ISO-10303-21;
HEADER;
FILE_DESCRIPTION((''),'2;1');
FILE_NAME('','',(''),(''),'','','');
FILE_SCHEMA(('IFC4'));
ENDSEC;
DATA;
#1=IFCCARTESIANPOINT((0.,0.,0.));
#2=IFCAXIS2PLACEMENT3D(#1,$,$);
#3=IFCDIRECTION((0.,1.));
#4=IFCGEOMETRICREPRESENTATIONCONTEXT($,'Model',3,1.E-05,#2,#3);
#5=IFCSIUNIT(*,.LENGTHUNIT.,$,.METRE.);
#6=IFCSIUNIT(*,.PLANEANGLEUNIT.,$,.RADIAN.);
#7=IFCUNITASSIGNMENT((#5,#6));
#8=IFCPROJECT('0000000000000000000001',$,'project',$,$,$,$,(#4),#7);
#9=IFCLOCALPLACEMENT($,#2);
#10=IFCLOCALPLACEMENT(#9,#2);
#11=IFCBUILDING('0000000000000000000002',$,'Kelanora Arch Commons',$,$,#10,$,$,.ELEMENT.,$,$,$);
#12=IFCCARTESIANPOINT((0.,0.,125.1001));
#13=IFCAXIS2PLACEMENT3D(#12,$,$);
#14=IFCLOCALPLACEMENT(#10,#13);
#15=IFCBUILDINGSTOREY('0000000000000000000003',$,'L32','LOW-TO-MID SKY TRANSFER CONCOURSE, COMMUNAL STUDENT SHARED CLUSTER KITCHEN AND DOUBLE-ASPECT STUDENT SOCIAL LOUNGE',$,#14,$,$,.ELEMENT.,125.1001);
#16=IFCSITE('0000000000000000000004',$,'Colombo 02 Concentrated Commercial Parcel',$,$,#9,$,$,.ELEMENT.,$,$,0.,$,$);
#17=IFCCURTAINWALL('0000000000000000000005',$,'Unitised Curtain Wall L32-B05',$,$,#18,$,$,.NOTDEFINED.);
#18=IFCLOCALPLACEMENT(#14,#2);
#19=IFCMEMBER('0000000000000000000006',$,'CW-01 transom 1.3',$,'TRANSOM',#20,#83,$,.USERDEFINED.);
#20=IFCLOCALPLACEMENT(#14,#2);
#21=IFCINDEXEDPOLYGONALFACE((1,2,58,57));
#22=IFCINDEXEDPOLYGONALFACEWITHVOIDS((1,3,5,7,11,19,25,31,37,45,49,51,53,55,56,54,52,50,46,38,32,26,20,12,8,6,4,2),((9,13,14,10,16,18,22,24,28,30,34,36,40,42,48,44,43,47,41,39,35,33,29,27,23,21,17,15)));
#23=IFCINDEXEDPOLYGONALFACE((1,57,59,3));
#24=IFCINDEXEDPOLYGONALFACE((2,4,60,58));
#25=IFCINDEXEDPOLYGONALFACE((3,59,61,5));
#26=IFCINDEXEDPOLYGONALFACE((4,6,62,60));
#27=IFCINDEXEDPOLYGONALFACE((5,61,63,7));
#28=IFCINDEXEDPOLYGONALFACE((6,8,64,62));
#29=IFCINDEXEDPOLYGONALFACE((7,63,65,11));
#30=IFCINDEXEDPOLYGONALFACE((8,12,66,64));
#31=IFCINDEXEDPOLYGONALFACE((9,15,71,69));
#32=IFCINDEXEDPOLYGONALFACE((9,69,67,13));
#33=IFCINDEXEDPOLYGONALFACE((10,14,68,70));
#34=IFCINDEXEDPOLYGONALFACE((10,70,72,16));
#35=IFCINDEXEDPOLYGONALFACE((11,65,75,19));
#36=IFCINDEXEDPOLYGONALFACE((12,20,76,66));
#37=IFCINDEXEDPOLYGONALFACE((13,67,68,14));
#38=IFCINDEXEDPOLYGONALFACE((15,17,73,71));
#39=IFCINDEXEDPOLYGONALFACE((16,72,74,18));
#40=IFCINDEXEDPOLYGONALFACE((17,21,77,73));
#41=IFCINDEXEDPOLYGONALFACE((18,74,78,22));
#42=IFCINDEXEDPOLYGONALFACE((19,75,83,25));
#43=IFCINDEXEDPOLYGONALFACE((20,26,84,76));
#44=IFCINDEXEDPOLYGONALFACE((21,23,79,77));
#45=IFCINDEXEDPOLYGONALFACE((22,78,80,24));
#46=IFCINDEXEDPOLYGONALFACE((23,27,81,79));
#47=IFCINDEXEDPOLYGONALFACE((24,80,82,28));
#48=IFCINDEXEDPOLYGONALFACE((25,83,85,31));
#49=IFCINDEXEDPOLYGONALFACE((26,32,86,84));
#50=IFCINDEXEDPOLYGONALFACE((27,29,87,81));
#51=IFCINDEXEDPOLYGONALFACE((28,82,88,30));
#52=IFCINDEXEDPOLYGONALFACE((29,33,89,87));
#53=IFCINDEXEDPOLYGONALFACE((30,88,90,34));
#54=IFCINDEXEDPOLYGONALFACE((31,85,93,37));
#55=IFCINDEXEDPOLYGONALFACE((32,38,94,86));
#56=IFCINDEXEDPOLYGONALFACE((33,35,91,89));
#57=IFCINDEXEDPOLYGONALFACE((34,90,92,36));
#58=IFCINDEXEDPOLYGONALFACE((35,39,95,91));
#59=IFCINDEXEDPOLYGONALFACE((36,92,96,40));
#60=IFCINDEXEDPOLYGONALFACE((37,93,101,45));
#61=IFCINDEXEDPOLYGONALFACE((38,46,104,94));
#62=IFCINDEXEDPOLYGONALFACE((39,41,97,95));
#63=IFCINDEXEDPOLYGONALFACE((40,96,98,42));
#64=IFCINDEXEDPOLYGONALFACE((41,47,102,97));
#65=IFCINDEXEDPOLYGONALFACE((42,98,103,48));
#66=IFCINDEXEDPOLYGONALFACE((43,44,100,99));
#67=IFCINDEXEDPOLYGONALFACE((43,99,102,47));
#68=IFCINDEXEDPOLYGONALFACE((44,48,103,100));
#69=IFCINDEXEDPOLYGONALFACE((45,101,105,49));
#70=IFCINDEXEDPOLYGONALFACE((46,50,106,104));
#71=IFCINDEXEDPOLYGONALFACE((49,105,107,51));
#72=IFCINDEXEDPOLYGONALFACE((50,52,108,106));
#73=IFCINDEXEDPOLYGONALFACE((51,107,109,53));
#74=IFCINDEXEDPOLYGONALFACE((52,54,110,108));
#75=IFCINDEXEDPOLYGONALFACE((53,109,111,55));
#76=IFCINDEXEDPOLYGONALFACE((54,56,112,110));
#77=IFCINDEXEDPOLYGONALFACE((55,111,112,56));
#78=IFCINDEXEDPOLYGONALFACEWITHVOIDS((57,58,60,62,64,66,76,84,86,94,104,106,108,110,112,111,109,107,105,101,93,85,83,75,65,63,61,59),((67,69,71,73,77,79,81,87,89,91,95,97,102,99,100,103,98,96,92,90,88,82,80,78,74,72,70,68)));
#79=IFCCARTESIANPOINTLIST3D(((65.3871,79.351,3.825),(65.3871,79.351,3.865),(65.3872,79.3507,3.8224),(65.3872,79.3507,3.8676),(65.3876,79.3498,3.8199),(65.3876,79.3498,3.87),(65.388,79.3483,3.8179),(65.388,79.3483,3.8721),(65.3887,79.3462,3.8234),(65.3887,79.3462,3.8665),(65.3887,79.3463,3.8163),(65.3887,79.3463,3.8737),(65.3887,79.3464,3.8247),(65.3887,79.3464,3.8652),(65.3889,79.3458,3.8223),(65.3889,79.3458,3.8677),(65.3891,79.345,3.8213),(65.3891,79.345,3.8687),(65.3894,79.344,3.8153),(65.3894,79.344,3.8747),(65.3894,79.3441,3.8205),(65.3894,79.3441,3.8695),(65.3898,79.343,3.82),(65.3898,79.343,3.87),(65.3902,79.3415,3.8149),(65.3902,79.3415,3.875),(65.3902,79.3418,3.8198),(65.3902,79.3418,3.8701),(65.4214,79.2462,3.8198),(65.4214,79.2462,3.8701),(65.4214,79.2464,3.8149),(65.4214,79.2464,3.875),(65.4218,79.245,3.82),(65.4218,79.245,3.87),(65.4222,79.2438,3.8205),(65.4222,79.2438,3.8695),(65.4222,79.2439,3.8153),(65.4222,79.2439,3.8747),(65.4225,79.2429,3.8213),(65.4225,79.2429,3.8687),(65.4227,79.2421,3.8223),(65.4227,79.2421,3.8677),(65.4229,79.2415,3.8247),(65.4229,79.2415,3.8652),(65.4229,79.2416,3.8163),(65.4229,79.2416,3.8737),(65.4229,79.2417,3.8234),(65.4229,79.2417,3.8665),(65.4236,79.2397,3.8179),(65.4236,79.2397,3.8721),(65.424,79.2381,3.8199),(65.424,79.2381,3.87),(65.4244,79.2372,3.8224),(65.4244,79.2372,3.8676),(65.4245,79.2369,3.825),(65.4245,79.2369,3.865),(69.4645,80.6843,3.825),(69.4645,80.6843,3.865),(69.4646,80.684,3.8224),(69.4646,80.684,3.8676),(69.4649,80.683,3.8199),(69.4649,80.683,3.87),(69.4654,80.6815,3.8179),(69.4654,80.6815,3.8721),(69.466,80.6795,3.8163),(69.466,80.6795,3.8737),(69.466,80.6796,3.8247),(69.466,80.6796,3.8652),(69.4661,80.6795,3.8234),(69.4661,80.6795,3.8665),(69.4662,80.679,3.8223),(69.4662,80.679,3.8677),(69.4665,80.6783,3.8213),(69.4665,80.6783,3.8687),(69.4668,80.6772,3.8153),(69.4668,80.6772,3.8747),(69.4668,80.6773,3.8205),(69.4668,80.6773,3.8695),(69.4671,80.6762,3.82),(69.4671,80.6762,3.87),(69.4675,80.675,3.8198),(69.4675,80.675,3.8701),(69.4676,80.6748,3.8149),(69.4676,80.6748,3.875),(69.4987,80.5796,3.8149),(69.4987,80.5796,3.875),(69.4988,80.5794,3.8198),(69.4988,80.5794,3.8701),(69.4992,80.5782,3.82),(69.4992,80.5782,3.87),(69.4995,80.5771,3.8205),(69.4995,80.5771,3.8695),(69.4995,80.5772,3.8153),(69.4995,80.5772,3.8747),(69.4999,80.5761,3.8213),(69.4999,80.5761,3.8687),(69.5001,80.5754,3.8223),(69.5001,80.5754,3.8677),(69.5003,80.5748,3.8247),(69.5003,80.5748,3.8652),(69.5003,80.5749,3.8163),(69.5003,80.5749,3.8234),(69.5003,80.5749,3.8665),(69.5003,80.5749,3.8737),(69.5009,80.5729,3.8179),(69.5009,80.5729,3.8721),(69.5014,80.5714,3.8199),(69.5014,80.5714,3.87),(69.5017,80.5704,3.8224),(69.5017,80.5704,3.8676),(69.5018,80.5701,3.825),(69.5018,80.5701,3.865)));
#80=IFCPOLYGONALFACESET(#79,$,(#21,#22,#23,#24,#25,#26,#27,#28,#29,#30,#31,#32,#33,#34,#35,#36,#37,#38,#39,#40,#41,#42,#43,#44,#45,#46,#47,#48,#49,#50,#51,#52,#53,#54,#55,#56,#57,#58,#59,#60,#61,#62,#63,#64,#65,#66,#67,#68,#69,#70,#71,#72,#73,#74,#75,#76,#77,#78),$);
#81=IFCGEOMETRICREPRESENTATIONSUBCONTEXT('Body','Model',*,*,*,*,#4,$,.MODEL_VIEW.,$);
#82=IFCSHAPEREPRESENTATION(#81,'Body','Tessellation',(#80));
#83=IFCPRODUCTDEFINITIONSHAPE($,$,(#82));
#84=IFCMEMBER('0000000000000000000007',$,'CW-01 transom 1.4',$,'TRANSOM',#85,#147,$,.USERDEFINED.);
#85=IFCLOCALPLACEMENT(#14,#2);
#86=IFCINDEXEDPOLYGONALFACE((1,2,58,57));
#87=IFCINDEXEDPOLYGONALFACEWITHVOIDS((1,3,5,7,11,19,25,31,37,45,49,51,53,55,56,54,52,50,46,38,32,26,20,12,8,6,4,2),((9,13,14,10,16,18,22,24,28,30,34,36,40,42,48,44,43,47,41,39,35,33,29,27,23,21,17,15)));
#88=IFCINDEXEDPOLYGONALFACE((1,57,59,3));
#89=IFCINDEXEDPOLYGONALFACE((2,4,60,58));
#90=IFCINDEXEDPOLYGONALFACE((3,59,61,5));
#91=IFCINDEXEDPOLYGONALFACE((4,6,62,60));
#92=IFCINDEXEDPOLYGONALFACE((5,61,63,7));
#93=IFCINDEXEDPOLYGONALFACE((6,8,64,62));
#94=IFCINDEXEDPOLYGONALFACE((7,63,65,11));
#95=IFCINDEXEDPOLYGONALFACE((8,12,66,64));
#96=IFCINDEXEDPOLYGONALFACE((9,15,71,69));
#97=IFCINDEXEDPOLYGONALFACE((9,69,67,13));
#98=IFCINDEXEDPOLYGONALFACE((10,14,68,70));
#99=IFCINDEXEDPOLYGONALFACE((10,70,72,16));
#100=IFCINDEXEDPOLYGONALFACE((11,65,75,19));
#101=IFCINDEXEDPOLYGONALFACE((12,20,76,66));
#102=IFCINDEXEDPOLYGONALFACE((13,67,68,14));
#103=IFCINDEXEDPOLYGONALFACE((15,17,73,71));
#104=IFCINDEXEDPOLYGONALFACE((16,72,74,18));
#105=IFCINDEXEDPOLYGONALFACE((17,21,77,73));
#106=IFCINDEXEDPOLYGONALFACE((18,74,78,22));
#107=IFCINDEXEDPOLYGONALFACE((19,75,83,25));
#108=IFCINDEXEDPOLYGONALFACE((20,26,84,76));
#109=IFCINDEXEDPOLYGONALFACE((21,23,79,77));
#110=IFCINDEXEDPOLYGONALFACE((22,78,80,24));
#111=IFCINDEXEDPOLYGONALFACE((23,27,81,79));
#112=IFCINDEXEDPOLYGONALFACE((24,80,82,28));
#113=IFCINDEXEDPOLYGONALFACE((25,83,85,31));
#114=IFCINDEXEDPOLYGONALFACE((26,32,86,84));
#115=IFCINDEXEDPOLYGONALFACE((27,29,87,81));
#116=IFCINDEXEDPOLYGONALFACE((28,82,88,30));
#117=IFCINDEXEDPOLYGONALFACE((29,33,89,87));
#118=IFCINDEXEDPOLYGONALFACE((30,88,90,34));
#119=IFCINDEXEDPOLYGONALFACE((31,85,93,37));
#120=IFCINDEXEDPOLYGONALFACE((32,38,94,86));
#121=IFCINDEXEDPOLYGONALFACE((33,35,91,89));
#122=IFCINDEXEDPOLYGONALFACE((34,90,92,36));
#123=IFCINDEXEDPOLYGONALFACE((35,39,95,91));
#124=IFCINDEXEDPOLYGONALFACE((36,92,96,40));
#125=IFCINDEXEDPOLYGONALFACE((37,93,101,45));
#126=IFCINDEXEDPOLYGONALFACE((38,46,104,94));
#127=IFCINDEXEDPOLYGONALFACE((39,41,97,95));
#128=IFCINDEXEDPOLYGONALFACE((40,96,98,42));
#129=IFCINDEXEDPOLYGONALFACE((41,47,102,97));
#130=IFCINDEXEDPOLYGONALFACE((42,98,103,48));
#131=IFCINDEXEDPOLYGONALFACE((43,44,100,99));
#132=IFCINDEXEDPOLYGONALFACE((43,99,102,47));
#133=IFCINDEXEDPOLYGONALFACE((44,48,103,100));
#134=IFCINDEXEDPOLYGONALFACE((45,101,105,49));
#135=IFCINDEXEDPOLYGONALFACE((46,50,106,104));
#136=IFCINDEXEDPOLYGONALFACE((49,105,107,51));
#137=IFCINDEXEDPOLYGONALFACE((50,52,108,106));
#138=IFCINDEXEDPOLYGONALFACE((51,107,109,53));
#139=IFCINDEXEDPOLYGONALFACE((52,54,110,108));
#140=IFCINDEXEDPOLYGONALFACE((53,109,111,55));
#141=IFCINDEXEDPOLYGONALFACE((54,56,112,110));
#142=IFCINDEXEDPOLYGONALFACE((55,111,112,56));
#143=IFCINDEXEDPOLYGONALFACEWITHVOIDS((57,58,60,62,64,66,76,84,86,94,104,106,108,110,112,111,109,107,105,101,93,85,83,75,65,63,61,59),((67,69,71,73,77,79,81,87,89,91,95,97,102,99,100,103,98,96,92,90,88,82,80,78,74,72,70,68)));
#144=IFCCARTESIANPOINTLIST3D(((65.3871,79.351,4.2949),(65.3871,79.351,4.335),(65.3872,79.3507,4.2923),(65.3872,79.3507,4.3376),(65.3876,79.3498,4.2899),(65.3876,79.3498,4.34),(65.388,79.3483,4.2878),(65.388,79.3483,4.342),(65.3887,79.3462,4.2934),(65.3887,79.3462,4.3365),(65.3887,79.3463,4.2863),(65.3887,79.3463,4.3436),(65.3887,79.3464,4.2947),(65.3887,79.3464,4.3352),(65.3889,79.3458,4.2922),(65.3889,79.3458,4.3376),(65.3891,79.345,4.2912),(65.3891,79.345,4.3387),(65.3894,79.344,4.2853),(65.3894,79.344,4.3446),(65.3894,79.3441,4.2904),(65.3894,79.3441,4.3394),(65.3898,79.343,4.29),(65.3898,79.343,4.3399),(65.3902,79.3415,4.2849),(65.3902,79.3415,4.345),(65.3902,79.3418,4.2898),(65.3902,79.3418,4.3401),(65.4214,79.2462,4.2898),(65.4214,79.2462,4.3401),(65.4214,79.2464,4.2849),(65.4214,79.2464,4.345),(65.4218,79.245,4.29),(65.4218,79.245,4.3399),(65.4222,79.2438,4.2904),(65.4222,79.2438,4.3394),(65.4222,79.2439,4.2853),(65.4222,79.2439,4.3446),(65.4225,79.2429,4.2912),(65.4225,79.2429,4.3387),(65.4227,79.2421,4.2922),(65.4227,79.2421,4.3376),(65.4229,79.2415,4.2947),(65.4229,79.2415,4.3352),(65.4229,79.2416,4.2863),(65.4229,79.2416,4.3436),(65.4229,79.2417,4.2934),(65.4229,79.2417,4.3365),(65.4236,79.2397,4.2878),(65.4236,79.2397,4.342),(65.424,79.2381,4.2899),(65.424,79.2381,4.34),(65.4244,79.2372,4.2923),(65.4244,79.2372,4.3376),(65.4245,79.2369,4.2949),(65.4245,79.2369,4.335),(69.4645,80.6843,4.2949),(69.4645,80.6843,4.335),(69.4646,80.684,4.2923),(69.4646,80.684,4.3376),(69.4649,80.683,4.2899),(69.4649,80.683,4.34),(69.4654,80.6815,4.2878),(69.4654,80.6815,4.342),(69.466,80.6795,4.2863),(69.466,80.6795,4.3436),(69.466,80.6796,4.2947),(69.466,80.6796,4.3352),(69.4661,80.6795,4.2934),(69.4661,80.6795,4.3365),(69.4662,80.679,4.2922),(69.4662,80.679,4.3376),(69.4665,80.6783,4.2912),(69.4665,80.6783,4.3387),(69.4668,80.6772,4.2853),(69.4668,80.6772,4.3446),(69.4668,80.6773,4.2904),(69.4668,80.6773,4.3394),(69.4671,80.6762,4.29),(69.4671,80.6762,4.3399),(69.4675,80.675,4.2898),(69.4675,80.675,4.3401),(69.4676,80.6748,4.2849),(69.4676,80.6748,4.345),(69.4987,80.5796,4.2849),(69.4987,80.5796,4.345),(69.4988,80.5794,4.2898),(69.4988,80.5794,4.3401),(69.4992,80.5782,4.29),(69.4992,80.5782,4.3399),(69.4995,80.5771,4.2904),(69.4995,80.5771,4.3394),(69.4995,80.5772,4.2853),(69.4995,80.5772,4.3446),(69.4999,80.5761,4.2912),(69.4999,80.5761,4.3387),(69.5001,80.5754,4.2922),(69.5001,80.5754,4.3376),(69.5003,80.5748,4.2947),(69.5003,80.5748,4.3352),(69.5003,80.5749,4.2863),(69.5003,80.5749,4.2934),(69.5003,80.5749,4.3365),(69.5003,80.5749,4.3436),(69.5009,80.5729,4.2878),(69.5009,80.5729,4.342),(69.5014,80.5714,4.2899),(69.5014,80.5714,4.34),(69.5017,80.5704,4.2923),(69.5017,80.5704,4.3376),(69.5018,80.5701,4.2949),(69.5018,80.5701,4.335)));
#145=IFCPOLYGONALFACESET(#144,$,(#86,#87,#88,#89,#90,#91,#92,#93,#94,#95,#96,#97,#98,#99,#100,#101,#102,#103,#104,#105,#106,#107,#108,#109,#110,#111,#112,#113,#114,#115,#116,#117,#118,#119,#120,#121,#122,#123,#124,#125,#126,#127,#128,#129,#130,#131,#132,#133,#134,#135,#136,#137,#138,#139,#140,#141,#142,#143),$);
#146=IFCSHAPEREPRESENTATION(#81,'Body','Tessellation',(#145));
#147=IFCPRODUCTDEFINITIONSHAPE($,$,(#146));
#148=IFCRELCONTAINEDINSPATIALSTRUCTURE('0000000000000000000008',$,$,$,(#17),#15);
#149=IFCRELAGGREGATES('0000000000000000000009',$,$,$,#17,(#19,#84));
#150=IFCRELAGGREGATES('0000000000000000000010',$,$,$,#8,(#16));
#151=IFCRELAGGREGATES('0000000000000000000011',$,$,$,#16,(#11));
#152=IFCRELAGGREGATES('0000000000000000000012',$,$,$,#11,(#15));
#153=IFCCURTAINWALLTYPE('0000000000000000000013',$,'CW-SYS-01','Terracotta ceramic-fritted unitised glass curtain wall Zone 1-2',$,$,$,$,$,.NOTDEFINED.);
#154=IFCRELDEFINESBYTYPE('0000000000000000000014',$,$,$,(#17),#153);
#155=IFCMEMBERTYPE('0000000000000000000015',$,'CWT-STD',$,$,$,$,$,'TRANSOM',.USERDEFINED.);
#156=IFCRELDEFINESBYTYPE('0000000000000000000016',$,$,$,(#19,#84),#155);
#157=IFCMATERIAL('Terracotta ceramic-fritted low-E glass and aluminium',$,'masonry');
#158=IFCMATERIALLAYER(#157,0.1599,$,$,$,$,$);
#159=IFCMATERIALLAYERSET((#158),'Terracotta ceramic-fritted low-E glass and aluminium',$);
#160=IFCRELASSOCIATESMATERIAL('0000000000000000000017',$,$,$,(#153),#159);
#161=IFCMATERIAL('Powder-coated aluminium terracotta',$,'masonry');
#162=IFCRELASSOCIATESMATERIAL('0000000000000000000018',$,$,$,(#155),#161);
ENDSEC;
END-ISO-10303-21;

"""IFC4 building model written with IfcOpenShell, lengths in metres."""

from ifc_helpers import new_model, si_unit, direction, frame, origin, origin_2d, place, context, subcontext, project, spatial, hollow_rectangle, extrude, material, layer, layer_set, material_profile, profile_set, type_object, element, aggregate, save


model = new_model("IFC4")

# Units and contexts
model_context = context("Model", 3, precision=1e-05, world=origin(), true_north=direction((0.0, 1.0)))
body_context = subcontext(model_context, "Body", "Model", "MODEL_VIEW")
ifc_project = project(units=[si_unit("LENGTHUNIT", "METRE"), si_unit("PLANEANGLEUNIT", "RADIAN")], contexts=[model_context])

# Site, building, storey
site_placement = place(None, origin())
site = spatial("IfcSite", under=ifc_project, at=site_placement, Name="Colombo 02 Concentrated Commercial Parcel", CompositionType="ELEMENT", RefElevation=0.0)
building_placement = place(site_placement, origin())
building = spatial("IfcBuilding", under=site, at=building_placement, Name="Kelanora Arch Commons", CompositionType="ELEMENT")
storey_placement = place(building_placement, frame((0.0, 0.0, 125.1001)))
storey = spatial("IfcBuildingStorey", under=building, at=storey_placement, Name="L32", Description="LOW-TO-MID SKY TRANSFER CONCOURSE, COMMUNAL STUDENT SHARED CLUSTER KITCHEN AND DOUBLE-ASPECT STUDENT SOCIAL LOUNGE", CompositionType="ELEMENT", Elevation=125.1001)

# Curtain wall, members
ifc_material_1 = material(Name="Terracotta ceramic-fritted low-E glass and aluminium", Category="masonry")
ifc_layer_1 = layer(ifc_material_1, 0.1599)
ifc_layer_set_1 = layer_set([ifc_layer_1], Name="Terracotta ceramic-fritted low-E glass and aluminium")
curtain_wall_type = type_object("IfcCurtainWallType", Name="CW-SYS-01", Description="Terracotta ceramic-fritted unitised glass curtain wall Zone 1-2", PredefinedType="NOTDEFINED", material=ifc_layer_set_1)
curtain_wall_placement = place(storey_placement, origin())
curtain_wall = element("IfcCurtainWall", 1, at=curtain_wall_placement, inside=storey, type_object=curtain_wall_type, Name="Unitised Curtain Wall L32-B05", PredefinedType="NOTDEFINED")
ifc_material_2 = material(Name="Powder-coated aluminium terracotta", Category="masonry")
ifc_material_profile_1 = material_profile(ifc_material_2, hollow_rectangle(XDim=0.1201, YDim=0.0601, WallThickness=0.0049, InnerFilletRadius=0.0049, OuterFilletRadius=0.01, at=origin_2d()), Name="CWT120x60")
ifc_profile_set_1 = profile_set([ifc_material_profile_1], Name="Powder-coated aluminium terracotta")
member_type_1 = type_object("IfcMemberType", Name="CWT-STD", ElementType="TRANSOM", PredefinedType="USERDEFINED", material=ifc_profile_set_1)
member_1_placement = place(storey_placement, frame((69.4832, 80.6272, 3.845), z_axis=(-0.950478, -0.310793, 0.0), x_axis=(0.310793, -0.950478, 0.0)))
member_1 = element("IfcMember", 2, at=member_1_placement, type_object=member_type_1, Name="CW-01 transom 1.3", ObjectType="TRANSOM", PredefinedType="USERDEFINED", context=body_context, shape_type="SweptSolid", body=[
    extrude(hollow_rectangle(XDim=0.1201, YDim=0.0601, WallThickness=0.0049, InnerFilletRadius=0.0049, OuterFilletRadius=0.01, at=origin_2d()), origin(), (0.0, 0.0, 1.0), 4.2898),
])
member_2_placement = place(storey_placement, frame((69.4832, 80.6272, 4.3149), z_axis=(-0.950478, -0.310793, 0.0), x_axis=(0.310793, -0.950478, 0.0)))
member_2 = element("IfcMember", 3, at=member_2_placement, type_object=member_type_1, Name="CW-01 transom 1.4", ObjectType="TRANSOM", PredefinedType="USERDEFINED", context=body_context, shape_type="SweptSolid", body=[
    extrude(hollow_rectangle(XDim=0.1201, YDim=0.0601, WallThickness=0.0049, InnerFilletRadius=0.0049, OuterFilletRadius=0.01, at=origin_2d()), origin(), (0.0, 0.0, 1.0), 4.2898),
])
aggregate(curtain_wall, [member_1, member_2])

save(model, "model.ifc")
